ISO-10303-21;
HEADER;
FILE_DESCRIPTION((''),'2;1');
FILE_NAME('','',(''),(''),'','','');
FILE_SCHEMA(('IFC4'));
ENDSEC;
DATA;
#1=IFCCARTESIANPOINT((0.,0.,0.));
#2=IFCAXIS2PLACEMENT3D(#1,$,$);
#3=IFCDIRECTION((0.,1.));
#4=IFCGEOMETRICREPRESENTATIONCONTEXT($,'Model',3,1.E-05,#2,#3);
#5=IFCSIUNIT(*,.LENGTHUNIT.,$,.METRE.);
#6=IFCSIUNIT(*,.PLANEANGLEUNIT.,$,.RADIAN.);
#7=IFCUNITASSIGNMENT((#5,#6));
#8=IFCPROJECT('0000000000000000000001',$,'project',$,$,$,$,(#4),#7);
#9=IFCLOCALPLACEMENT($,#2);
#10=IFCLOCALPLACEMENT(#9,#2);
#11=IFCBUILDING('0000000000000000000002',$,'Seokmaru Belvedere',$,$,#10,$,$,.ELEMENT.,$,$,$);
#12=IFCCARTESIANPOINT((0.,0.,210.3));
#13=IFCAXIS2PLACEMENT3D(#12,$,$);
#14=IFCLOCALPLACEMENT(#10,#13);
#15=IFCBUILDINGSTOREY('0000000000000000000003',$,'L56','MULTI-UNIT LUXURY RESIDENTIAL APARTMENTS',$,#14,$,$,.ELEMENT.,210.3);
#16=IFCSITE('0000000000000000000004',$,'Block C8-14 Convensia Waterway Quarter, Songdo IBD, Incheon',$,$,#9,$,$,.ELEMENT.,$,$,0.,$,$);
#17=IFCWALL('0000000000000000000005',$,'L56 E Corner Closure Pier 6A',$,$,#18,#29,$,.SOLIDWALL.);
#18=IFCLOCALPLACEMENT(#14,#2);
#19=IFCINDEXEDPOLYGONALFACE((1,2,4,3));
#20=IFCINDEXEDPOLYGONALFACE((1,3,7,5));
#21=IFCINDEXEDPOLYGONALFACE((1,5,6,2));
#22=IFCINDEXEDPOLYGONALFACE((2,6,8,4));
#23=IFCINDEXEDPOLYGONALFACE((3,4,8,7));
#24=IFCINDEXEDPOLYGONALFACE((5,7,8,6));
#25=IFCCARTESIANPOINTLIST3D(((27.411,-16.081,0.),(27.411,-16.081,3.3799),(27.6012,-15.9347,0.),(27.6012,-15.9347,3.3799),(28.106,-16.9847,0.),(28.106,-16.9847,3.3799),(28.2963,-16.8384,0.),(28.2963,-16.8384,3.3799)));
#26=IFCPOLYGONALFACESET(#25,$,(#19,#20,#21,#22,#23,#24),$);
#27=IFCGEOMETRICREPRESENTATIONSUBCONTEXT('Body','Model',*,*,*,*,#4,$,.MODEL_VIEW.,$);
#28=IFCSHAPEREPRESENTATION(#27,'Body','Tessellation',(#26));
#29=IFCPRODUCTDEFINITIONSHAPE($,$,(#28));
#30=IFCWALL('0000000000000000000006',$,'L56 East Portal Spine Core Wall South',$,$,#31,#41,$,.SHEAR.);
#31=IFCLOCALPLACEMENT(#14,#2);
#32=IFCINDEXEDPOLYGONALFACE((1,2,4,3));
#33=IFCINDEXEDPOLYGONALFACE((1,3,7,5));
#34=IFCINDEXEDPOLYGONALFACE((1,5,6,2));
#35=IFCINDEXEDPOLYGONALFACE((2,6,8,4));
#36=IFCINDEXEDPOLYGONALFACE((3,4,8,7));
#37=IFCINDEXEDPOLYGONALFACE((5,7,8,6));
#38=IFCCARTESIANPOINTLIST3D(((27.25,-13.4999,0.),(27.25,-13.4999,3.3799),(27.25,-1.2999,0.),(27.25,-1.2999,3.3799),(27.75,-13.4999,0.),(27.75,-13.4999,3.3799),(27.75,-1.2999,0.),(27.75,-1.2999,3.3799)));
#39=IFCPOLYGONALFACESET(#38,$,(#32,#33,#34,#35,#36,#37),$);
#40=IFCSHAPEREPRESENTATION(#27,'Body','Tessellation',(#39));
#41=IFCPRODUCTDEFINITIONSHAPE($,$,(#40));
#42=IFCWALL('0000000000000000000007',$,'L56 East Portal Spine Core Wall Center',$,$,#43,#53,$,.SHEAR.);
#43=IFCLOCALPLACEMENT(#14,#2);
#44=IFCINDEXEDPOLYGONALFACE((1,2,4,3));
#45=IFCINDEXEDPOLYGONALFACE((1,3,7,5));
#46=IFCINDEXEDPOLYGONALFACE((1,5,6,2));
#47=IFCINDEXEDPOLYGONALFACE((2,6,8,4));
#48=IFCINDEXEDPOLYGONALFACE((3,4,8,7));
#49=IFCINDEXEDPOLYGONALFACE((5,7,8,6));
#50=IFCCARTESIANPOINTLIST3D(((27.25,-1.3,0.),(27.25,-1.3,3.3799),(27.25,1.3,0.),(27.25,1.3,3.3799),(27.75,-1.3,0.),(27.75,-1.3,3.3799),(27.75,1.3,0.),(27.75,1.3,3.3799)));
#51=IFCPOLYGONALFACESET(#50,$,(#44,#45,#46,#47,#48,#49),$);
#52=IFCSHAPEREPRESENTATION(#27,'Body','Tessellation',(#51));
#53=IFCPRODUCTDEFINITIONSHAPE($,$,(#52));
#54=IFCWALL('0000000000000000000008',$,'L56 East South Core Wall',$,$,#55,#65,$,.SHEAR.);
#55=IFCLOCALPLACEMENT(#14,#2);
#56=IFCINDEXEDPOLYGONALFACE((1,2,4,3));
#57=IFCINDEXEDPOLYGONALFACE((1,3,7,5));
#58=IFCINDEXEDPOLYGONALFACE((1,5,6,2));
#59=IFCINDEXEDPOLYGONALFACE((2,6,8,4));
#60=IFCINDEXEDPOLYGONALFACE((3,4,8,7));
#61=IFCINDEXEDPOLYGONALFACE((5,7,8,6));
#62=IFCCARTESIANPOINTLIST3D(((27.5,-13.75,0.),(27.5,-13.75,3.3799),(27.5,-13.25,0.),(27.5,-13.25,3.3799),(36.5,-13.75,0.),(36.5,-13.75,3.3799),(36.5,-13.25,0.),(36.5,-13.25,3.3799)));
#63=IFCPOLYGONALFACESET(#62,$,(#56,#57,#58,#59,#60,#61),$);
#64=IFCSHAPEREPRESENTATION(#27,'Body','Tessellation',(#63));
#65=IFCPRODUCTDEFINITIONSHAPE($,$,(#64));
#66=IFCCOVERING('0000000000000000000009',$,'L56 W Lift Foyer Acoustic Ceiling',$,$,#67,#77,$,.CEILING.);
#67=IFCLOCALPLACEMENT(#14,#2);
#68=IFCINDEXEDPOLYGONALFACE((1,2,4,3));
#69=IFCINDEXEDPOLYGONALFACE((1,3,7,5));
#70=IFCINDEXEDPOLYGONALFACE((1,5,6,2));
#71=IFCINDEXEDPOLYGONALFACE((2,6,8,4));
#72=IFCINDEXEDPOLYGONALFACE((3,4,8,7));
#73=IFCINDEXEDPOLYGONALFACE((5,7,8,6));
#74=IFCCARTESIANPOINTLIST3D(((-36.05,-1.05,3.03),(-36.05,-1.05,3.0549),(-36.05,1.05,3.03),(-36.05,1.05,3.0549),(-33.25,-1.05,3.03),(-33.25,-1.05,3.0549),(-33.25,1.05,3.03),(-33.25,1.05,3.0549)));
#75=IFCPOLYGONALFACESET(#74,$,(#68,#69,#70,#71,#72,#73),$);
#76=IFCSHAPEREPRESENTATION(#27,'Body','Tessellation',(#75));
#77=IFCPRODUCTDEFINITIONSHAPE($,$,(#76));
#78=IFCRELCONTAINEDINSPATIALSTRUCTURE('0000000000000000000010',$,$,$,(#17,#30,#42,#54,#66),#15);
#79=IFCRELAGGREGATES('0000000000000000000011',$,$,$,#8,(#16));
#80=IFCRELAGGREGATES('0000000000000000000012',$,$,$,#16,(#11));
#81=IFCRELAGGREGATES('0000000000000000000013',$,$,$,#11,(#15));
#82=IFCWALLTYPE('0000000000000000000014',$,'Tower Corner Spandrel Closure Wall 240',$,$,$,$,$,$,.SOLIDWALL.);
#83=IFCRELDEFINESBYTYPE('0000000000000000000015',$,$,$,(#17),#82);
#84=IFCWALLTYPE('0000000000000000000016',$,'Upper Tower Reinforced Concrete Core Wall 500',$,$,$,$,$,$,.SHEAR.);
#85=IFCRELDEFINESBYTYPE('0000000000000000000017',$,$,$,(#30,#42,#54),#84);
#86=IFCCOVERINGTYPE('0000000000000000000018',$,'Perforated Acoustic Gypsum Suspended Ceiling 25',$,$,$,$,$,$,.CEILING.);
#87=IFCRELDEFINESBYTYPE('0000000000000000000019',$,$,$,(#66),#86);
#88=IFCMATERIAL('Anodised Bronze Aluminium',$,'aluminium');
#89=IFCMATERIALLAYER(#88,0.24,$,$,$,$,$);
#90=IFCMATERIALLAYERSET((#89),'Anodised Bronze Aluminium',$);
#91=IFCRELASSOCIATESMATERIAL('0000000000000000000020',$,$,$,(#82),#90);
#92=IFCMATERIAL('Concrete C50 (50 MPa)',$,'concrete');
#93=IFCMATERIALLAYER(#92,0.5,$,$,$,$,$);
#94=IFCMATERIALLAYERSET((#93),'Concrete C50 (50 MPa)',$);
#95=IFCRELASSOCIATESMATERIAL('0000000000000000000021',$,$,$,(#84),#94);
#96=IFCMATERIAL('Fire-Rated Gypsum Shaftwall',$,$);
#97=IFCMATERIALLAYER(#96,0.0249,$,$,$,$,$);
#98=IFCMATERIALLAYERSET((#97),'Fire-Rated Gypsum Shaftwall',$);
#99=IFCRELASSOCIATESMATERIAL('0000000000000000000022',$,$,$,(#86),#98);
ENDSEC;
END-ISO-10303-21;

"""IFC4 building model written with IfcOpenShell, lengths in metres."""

from ifc_helpers import new_model, si_unit, direction, frame, frame_2d, origin, place, context, subcontext, project, spatial, polyline, rectangle, outline, extrude, material, layer, layer_set, type_object, element, save


model = new_model("IFC4")

# Units and contexts
model_context = context("Model", 3, precision=1e-05, world=origin(), true_north=direction((0.0, 1.0)))
body_context = subcontext(model_context, "Body", "Model", "MODEL_VIEW")
ifc_project = project(units=[si_unit("LENGTHUNIT", "METRE"), si_unit("PLANEANGLEUNIT", "RADIAN")], contexts=[model_context])

# Site, building, storey
site_placement = place(None, origin())
site = spatial("IfcSite", under=ifc_project, at=site_placement, Name="Block C8-14 Convensia Waterway Quarter, Songdo IBD, Incheon", CompositionType="ELEMENT", RefElevation=0.0)
building_placement = place(site_placement, origin())
building = spatial("IfcBuilding", under=site, at=building_placement, Name="Seokmaru Belvedere", CompositionType="ELEMENT")
storey_placement = place(building_placement, frame((0.0, 0.0, 210.3)))
storey = spatial("IfcBuildingStorey", under=building, at=storey_placement, Name="L56", Description="MULTI-UNIT LUXURY RESIDENTIAL APARTMENTS", CompositionType="ELEMENT", Elevation=210.3)

# Shared definitions
ifc_material_1 = material(Name="Anodised Bronze Aluminium", Category="aluminium")

# Shared definitions
ifc_material_2 = material(Name="Fire-Rated Gypsum Shaftwall")

# Shared definitions
ifc_material_3 = material(Name="Concrete C50 (50 MPa)", Category="concrete")

# Walls
ifc_layer_1 = layer(ifc_material_1, 0.24)
ifc_layer_set_1 = layer_set([ifc_layer_1], Name="Anodised Bronze Aluminium")
wall_type_1 = type_object("IfcWallType", Name="Tower Corner Spandrel Closure Wall 240", PredefinedType="SOLIDWALL", material=ifc_layer_set_1)
wall_1_placement = place(storey_placement, frame((27.5061, -16.0078, 0.0), z_axis=(0.0, 0.0, 1.0), x_axis=(0.609618, -0.792696, 0.0)))
element("IfcWall", 1, at=wall_1_placement, inside=storey, type_object=wall_type_1, Name="L56 E Corner Closure Pier 6A", PredefinedType="SOLIDWALL", context=body_context, shape_type="SweptSolid", body=[
    extrude(rectangle(XDim=1.1401, YDim=0.24, at=frame_2d((0.5701, 0.0))), origin(), (0.0, 0.0, 1.0), 3.3799),
])
ifc_layer_2 = layer(ifc_material_3, 0.5)
ifc_layer_set_2 = layer_set([ifc_layer_2], Name="Concrete C50 (50 MPa)")
wall_type_2 = type_object("IfcWallType", Name="Upper Tower Reinforced Concrete Core Wall 500", PredefinedType="SHEAR", material=ifc_layer_set_2)
wall_2_placement = place(storey_placement, frame((27.5, -13.5, 0.0), z_axis=(0.0, 0.0, 1.0), x_axis=(0.0, 1.0, 0.0)))
element("IfcWall", 2, at=wall_2_placement, inside=storey, type_object=wall_type_2, Name="L56 East Portal Spine Core Wall South", PredefinedType="SHEAR", context=body_context, shape_type="SweptSolid", body=[
    extrude(rectangle(XDim=12.2, YDim=0.5, at=frame_2d((6.1001, 0.0))), origin(), (0.0, 0.0, 1.0), 3.3799),
])
wall_3_placement = place(storey_placement, frame((27.5, -1.3, 0.0), z_axis=(0.0, 0.0, 1.0), x_axis=(0.0, 1.0, 0.0)))
element("IfcWall", 3, at=wall_3_placement, inside=storey, type_object=wall_type_2, Name="L56 East Portal Spine Core Wall Center", PredefinedType="SHEAR", context=body_context, shape_type="SweptSolid", body=[
    extrude(rectangle(XDim=2.6001, YDim=0.5, at=frame_2d((1.3, 0.0))), origin(), (0.0, 0.0, 1.0), 3.3799),
])
wall_4_placement = place(storey_placement, frame((27.5, -13.5, 0.0), z_axis=(0.0, 0.0, 1.0), x_axis=(1.0, 0.0, 0.0)))
element("IfcWall", 4, at=wall_4_placement, inside=storey, type_object=wall_type_2, Name="L56 East South Core Wall", PredefinedType="SHEAR", context=body_context, shape_type="SweptSolid", body=[
    extrude(rectangle(XDim=9.0, YDim=0.5, at=frame_2d((4.5, 0.0))), origin(), (0.0, 0.0, 1.0), 3.3799),
])

# Covering
ifc_layer_3 = layer(ifc_material_2, 0.0249)
ifc_layer_set_3 = layer_set([ifc_layer_3], Name="Fire-Rated Gypsum Shaftwall")
covering_type = type_object("IfcCoveringType", Name="Perforated Acoustic Gypsum Suspended Ceiling 25", PredefinedType="CEILING", material=ifc_layer_set_3)
covering_placement = place(storey_placement, frame((0.0, 0.0, 3.03)))
element("IfcCovering", 5, at=covering_placement, inside=storey, type_object=covering_type, Name="L56 W Lift Foyer Acoustic Ceiling", PredefinedType="CEILING", context=body_context, shape_type="SweptSolid", body=[
    extrude(outline(polyline([(-36.05, -1.05), (-33.25, -1.05), (-33.25, 1.05), (-36.05, 1.05), (-36.05, -1.05)])), origin(), (0.0, 0.0, 1.0), 0.0249),
])

save(model, "model.ifc")
